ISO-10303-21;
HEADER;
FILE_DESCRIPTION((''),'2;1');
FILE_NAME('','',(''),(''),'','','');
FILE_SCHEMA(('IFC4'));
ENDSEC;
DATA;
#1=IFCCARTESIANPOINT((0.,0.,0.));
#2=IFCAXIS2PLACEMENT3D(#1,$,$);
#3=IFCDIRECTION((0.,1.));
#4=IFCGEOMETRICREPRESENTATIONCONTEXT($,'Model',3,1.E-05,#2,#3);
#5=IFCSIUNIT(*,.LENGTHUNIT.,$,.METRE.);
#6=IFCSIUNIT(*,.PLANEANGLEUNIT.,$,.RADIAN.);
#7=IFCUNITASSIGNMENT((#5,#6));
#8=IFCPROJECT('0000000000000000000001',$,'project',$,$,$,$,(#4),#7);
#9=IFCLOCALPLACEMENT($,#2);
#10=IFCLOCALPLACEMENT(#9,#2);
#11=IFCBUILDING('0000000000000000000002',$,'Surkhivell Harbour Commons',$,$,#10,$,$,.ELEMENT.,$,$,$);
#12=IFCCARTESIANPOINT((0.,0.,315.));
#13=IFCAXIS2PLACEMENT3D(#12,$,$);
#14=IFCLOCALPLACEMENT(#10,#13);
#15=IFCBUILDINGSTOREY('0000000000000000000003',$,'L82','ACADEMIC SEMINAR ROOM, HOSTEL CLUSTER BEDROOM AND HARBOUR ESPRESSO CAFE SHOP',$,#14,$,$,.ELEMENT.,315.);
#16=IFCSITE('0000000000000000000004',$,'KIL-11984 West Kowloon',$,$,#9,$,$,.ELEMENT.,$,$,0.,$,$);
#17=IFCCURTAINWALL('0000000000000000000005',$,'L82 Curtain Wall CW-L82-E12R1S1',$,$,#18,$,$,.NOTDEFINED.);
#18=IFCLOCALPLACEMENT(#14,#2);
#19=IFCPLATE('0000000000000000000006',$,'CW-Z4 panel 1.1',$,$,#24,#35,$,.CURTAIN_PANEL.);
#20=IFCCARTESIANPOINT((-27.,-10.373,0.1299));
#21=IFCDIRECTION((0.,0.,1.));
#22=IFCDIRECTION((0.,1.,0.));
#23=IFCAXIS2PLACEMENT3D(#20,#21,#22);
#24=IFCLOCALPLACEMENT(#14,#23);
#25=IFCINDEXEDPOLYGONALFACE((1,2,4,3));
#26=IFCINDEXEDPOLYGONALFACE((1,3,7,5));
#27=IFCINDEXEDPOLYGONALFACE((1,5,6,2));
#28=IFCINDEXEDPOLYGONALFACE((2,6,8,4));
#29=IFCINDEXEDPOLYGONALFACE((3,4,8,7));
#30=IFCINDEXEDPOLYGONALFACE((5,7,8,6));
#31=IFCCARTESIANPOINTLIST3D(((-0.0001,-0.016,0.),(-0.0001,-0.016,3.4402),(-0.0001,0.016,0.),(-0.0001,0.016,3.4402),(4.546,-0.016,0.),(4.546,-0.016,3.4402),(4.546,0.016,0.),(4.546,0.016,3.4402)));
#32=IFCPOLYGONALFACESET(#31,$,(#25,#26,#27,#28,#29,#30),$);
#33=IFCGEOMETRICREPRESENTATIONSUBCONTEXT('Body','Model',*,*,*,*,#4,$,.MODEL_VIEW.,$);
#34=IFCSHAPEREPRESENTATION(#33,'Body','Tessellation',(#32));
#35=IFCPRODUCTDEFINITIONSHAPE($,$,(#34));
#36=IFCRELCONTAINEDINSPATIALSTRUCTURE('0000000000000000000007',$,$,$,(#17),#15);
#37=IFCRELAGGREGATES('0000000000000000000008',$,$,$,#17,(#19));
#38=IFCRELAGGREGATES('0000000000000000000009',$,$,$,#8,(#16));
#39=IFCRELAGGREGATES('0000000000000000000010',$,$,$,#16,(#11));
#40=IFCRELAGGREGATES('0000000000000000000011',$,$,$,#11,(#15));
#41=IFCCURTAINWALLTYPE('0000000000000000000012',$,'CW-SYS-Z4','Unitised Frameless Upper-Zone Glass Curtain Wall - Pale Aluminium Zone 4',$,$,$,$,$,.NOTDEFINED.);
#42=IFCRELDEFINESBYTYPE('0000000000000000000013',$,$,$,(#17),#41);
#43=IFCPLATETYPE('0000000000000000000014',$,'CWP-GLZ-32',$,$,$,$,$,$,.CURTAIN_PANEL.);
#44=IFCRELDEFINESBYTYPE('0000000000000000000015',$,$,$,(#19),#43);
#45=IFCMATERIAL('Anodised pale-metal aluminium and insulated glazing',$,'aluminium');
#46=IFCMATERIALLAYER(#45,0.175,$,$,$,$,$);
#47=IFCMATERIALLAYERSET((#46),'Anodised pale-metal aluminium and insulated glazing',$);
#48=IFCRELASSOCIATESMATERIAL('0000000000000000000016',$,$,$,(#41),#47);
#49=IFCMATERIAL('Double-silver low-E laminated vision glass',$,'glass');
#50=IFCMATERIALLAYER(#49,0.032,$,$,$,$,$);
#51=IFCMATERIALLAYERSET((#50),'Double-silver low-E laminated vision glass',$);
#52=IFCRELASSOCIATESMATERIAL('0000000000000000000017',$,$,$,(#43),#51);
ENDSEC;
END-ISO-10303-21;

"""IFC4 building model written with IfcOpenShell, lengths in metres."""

from ifc_helpers import new_model, si_unit, direction, frame, frame_2d, origin, place, context, subcontext, project, spatial, rectangle, extrude, material, layer, layer_set, type_object, element, aggregate, save


model = new_model("IFC4")

# Units and contexts
model_context = context("Model", 3, precision=1e-05, world=origin(), true_north=direction((0.0, 1.0)))
body_context = subcontext(model_context, "Body", "Model", "MODEL_VIEW")
ifc_project = project(units=[si_unit("LENGTHUNIT", "METRE"), si_unit("PLANEANGLEUNIT", "RADIAN")], contexts=[model_context])

# Site, building, storey
site_placement = place(None, origin())
site = spatial("IfcSite", under=ifc_project, at=site_placement, Name="KIL-11984 West Kowloon", CompositionType="ELEMENT", RefElevation=0.0)
building_placement = place(site_placement, origin())
building = spatial("IfcBuilding", under=site, at=building_placement, Name="Surkhivell Harbour Commons", CompositionType="ELEMENT")
storey_placement = place(building_placement, frame((0.0, 0.0, 315.0)))
storey = spatial("IfcBuildingStorey", under=building, at=storey_placement, Name="L82", Description="ACADEMIC SEMINAR ROOM, HOSTEL CLUSTER BEDROOM AND HARBOUR ESPRESSO CAFE SHOP", CompositionType="ELEMENT", Elevation=315.0)

# Curtain wall
ifc_material_1 = material(Name="Anodised pale-metal aluminium and insulated glazing", Category="aluminium")
ifc_layer_1 = layer(ifc_material_1, 0.175)
ifc_layer_set_1 = layer_set([ifc_layer_1], Name="Anodised pale-metal aluminium and insulated glazing")
curtain_wall_type = type_object("IfcCurtainWallType", Name="CW-SYS-Z4", Description="Unitised Frameless Upper-Zone Glass Curtain Wall - Pale Aluminium Zone 4", PredefinedType="NOTDEFINED", material=ifc_layer_set_1)
curtain_wall_placement = place(storey_placement, origin())
curtain_wall = element("IfcCurtainWall", 1, at=curtain_wall_placement, inside=storey, type_object=curtain_wall_type, Name="L82 Curtain Wall CW-L82-E12R1S1", PredefinedType="NOTDEFINED")

# Plate
ifc_material_2 = material(Name="Double-silver low-E laminated vision glass", Category="glass")
ifc_layer_2 = layer(ifc_material_2, 0.032)
ifc_layer_set_2 = layer_set([ifc_layer_2], Name="Double-silver low-E laminated vision glass")
plate_type_1 = type_object("IfcPlateType", Name="CWP-GLZ-32", PredefinedType="CURTAIN_PANEL", material=ifc_layer_set_2)
plate_1_placement = place(storey_placement, frame((-27.0, -10.373, 0.1299), z_axis=(0.0, 0.0, 1.0), x_axis=(0.0, 1.0, 0.0)))
plate_1 = element("IfcPlate", 2, at=plate_1_placement, type_object=plate_type_1, Name="CW-Z4 panel 1.1", PredefinedType="CURTAIN_PANEL", context=body_context, shape_type="SweptSolid", body=[
    extrude(rectangle(XDim=4.5461, YDim=0.032, at=frame_2d((2.2729, 0.0))), origin(), (0.0, 0.0, 1.0), 3.4402),
])
aggregate(curtain_wall, [plate_1])

save(model, "model.ifc")
